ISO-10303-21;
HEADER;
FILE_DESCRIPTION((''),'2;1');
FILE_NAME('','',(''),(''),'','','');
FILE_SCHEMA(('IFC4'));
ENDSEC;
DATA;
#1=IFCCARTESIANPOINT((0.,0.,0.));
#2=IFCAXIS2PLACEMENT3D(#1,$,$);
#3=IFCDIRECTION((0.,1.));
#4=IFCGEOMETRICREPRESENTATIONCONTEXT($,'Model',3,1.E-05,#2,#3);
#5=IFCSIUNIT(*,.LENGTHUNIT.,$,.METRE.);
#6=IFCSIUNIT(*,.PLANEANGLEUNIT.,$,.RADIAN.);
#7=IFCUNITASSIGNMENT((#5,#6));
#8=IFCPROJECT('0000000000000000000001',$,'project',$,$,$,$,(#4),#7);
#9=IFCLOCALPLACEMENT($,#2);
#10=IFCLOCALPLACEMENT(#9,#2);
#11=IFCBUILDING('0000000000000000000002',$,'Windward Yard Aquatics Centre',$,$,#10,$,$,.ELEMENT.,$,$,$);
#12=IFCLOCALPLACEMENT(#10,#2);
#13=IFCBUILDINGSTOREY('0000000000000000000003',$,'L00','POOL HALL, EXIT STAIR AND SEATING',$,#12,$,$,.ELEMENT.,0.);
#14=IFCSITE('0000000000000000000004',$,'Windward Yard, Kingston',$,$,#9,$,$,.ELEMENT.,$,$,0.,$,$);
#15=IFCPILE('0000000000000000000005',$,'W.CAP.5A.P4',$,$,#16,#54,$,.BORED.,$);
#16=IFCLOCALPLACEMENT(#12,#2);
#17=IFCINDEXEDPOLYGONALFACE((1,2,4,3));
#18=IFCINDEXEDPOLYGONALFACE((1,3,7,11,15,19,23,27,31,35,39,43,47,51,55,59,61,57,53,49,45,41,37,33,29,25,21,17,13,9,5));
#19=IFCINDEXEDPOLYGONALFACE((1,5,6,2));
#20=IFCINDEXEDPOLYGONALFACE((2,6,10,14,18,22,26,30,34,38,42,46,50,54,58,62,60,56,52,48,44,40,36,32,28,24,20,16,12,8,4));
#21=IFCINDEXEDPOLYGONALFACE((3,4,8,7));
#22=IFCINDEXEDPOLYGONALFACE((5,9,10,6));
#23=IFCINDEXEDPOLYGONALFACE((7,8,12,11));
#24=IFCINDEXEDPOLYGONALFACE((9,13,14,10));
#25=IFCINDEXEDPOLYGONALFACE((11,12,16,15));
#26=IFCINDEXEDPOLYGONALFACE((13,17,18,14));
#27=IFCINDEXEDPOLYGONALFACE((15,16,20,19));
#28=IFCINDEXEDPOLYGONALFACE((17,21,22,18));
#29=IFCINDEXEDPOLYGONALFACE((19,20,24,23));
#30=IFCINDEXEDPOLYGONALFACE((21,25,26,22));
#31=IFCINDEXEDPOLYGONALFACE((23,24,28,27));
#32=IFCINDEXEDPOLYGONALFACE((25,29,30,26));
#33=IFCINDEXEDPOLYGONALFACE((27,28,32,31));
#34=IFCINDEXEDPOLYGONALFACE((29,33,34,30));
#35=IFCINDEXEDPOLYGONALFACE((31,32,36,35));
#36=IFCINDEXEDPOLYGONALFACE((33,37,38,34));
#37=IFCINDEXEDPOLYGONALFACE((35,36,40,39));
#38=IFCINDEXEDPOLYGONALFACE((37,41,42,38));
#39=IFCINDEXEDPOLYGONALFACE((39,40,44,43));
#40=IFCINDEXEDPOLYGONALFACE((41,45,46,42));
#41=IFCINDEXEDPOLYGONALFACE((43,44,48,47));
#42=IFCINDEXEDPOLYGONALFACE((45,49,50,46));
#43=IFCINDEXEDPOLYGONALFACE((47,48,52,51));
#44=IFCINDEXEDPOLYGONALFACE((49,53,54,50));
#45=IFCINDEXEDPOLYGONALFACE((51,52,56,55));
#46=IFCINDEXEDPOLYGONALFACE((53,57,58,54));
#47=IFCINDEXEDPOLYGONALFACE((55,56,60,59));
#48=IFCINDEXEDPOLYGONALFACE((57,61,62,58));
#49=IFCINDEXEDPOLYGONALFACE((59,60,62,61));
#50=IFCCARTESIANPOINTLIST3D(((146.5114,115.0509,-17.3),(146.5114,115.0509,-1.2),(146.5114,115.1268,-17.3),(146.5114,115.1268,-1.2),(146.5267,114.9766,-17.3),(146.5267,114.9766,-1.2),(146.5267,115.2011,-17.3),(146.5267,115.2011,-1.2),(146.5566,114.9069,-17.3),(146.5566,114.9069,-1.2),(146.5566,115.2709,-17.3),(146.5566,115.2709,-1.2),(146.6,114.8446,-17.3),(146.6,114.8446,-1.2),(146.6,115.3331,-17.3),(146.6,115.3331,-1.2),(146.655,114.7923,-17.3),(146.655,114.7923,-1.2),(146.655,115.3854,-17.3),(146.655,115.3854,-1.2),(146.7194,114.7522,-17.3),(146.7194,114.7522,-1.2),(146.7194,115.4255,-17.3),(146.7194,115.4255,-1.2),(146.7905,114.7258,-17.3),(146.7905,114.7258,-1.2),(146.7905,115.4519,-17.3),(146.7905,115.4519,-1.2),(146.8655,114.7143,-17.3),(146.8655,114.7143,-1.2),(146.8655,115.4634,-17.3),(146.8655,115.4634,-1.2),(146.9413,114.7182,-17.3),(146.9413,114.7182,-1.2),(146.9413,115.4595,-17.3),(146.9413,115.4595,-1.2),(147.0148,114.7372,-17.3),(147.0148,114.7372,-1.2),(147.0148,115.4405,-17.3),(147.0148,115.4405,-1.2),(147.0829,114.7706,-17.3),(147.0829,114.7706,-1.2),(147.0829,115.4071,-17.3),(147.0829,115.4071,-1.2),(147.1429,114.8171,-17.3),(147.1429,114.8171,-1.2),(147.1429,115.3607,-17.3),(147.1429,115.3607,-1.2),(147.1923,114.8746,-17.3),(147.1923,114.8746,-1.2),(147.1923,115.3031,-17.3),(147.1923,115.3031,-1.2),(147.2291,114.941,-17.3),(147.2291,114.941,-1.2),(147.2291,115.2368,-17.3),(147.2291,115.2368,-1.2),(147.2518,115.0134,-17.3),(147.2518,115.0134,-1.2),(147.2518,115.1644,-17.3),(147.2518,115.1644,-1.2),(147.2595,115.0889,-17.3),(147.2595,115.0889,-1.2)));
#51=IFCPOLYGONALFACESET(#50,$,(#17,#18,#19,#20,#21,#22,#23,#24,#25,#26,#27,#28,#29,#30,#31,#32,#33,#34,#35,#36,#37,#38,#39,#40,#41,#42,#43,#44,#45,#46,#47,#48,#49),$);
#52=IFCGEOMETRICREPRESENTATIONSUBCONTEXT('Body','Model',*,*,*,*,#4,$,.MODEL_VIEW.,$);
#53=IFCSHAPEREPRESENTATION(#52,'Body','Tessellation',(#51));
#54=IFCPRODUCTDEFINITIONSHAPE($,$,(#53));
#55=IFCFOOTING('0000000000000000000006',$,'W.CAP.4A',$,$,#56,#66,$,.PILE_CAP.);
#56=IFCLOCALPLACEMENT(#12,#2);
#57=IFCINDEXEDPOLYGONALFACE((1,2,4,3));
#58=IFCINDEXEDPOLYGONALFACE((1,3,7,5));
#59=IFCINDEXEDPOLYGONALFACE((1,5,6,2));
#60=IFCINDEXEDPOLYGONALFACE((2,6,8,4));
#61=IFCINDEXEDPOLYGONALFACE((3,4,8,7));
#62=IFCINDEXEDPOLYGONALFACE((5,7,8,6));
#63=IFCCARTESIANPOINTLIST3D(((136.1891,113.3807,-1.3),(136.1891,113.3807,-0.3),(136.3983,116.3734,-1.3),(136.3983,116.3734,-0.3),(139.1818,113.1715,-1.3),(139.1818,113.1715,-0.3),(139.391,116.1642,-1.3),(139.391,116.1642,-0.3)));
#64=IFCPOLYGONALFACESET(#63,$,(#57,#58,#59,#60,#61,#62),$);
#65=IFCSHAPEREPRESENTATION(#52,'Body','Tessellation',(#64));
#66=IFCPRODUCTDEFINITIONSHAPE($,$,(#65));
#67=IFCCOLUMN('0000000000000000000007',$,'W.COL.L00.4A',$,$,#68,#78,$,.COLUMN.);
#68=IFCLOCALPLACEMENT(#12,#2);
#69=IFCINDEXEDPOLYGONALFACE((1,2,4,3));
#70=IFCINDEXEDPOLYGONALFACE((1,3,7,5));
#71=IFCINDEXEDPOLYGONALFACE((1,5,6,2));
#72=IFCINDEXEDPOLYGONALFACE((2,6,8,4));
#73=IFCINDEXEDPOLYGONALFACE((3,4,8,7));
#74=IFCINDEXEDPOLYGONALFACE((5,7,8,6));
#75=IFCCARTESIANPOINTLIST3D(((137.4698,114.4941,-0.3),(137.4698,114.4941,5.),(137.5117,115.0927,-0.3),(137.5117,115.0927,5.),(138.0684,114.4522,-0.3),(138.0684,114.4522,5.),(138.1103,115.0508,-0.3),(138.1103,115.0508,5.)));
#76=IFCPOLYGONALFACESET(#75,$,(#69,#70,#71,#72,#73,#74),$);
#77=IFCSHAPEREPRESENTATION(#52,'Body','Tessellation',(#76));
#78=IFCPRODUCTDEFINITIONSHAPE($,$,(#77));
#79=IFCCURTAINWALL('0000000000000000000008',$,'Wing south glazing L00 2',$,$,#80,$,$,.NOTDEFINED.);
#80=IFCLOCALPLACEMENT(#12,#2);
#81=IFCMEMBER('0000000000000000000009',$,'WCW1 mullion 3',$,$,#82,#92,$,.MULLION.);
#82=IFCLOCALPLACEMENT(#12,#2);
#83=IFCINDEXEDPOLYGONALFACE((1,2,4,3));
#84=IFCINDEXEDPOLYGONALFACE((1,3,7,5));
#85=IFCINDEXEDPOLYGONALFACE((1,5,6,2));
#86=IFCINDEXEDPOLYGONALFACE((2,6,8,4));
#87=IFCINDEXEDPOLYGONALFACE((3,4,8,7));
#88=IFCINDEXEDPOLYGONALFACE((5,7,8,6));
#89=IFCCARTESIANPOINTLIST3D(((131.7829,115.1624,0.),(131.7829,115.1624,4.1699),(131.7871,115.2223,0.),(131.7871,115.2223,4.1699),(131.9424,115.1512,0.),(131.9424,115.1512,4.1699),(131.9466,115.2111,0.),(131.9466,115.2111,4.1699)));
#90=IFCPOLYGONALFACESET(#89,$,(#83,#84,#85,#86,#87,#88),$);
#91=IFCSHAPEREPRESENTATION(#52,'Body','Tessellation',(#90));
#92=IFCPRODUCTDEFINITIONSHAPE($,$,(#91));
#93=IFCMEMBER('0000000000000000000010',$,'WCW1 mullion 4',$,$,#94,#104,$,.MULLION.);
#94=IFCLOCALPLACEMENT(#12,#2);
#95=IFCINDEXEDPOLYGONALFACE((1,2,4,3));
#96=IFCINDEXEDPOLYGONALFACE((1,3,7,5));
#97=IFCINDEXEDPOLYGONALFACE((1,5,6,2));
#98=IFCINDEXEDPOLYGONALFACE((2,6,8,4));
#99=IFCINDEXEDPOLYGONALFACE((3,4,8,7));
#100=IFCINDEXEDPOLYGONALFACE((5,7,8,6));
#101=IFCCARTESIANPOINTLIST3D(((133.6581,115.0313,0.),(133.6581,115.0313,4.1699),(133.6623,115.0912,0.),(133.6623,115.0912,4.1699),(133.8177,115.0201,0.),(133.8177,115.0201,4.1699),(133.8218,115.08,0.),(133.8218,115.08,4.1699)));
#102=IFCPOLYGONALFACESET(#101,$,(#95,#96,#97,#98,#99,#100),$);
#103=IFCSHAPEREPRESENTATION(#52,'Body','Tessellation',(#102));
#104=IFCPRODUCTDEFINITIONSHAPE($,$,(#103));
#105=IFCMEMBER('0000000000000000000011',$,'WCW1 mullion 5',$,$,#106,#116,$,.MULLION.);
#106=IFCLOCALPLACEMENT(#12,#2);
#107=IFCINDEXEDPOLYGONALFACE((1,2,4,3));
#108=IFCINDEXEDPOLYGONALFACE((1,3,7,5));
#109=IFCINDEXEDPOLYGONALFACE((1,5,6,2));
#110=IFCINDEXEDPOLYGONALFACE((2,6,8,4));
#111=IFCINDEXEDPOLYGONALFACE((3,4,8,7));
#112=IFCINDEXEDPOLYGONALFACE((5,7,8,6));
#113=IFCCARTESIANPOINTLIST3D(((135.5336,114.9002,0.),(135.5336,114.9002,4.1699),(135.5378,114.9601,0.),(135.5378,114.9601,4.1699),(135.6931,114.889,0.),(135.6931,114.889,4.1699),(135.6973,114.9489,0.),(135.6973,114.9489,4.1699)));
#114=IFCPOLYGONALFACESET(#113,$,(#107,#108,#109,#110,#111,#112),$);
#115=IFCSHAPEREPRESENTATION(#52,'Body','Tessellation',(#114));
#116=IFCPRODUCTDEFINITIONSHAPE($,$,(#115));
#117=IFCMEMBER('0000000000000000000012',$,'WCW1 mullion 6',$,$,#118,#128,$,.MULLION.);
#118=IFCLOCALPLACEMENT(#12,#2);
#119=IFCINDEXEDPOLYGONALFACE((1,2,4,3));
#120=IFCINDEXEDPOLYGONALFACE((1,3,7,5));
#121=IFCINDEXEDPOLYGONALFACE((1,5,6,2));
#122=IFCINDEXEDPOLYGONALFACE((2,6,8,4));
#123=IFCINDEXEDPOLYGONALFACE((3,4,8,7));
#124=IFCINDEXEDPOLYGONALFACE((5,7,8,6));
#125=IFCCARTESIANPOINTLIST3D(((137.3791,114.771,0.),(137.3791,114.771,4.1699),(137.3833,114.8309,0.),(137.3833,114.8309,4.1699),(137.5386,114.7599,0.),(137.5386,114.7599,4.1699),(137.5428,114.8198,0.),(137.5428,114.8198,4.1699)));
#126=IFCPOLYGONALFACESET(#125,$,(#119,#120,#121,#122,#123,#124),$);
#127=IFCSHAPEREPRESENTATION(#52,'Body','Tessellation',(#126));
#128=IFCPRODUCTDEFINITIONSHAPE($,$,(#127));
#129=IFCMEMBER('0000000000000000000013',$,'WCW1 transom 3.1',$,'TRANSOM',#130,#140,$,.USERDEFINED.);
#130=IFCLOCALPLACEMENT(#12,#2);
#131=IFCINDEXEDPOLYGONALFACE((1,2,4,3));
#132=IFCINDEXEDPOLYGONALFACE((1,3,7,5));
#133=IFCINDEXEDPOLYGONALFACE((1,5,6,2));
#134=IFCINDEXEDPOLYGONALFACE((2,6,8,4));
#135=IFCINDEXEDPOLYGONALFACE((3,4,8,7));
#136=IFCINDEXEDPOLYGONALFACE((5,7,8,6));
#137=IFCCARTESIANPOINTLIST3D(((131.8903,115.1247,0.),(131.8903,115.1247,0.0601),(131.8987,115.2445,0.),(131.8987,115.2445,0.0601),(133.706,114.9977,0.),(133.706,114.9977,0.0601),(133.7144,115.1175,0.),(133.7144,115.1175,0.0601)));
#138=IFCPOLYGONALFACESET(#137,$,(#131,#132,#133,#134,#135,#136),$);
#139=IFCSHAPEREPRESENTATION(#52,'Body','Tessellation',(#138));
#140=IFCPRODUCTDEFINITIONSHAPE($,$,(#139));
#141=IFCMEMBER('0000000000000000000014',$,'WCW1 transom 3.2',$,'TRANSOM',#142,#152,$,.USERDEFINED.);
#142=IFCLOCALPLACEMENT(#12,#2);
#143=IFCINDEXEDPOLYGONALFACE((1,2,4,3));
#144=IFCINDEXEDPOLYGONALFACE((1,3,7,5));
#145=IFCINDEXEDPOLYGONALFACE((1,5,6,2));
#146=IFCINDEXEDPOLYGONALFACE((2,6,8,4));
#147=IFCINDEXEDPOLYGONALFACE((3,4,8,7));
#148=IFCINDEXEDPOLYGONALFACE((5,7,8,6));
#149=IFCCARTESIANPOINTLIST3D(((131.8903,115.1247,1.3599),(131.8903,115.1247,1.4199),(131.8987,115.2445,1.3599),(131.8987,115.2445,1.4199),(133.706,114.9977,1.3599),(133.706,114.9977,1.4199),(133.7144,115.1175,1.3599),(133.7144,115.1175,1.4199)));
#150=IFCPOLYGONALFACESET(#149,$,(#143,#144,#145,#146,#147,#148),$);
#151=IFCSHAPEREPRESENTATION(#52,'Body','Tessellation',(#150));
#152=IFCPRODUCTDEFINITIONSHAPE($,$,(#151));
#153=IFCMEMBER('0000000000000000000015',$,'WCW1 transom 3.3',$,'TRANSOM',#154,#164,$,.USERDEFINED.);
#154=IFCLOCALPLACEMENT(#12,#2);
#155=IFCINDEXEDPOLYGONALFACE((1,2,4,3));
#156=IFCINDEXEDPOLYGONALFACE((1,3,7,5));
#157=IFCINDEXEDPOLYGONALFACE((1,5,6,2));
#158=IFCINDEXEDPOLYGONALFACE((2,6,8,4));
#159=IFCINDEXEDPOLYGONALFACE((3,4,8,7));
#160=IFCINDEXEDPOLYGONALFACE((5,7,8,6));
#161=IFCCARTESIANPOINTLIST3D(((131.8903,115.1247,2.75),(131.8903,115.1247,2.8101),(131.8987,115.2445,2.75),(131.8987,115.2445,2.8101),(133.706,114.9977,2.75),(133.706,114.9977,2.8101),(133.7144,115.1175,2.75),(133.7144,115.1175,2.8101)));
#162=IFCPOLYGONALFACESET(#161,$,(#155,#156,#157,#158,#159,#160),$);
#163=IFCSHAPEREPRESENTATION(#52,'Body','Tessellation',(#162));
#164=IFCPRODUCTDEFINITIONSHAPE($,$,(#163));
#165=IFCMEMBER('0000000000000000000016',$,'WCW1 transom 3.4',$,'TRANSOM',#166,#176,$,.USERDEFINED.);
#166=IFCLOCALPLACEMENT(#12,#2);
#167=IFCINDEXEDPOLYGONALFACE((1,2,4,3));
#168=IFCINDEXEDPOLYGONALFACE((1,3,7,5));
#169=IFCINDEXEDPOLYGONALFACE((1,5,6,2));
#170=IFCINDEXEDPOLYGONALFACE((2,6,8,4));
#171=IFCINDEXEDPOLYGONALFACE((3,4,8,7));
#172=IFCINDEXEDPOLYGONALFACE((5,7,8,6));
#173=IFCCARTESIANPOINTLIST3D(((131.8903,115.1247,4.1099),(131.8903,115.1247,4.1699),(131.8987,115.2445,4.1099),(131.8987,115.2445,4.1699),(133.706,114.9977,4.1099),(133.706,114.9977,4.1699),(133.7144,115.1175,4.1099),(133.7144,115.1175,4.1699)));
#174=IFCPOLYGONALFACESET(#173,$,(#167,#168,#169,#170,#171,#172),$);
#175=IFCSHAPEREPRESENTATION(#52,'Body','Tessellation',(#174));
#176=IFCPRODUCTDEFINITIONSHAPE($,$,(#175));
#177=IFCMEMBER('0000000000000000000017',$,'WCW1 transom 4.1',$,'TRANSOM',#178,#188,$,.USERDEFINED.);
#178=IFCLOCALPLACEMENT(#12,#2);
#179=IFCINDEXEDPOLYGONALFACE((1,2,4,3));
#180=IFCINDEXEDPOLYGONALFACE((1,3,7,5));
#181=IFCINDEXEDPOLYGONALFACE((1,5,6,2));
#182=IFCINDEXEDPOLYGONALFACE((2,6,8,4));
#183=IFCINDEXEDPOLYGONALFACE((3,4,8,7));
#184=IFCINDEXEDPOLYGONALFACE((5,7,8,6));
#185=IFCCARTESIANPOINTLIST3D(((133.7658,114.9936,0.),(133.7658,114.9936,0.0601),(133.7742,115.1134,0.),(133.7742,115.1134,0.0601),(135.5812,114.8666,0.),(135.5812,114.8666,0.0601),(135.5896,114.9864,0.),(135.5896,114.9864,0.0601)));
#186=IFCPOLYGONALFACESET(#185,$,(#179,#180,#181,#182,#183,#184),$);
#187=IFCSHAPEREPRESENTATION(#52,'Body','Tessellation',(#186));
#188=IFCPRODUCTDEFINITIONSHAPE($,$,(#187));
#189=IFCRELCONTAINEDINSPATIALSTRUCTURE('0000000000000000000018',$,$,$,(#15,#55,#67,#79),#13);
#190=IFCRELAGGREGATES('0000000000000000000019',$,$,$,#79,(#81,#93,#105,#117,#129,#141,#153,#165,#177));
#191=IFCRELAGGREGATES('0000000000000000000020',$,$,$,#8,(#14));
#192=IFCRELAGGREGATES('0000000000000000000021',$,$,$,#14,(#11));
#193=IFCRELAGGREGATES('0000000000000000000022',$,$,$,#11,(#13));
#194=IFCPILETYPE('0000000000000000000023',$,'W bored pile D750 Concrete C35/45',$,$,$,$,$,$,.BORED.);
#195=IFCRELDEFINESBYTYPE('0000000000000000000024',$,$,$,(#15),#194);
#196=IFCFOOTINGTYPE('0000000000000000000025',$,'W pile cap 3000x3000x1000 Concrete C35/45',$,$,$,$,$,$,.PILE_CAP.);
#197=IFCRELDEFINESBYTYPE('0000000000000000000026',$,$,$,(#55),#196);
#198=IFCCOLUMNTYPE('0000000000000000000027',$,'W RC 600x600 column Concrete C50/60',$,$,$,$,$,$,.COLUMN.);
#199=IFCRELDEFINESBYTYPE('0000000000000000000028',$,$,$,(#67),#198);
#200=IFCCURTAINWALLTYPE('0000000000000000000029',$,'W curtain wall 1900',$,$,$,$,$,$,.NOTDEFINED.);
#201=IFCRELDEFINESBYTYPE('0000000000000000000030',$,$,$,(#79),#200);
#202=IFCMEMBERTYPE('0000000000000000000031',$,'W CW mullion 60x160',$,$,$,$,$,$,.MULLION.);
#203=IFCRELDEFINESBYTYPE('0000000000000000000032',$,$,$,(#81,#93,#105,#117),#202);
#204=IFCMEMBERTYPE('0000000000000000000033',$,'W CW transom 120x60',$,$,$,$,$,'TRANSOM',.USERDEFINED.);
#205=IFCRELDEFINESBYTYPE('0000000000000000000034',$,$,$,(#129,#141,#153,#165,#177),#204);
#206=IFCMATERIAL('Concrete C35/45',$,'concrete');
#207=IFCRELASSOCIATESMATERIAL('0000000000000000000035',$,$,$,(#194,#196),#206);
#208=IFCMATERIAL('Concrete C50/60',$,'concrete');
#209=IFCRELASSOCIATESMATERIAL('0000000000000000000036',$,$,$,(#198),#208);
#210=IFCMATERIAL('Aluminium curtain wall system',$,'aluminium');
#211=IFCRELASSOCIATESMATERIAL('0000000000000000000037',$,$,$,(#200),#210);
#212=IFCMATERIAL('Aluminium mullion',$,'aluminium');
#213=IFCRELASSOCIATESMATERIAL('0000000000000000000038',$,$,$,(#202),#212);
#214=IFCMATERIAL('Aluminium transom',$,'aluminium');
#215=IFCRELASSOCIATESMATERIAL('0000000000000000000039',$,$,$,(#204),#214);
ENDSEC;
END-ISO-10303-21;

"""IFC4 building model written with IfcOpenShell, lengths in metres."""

from ifc_helpers import new_model, si_unit, direction, frame, origin, origin_2d, place, context, subcontext, project, spatial, rectangle, circle, extrude, material, material_profile, profile_set, type_object, element, aggregate, save


model = new_model("IFC4")

# Units and contexts
model_context = context("Model", 3, precision=1e-05, world=origin(), true_north=direction((0.0, 1.0)))
body_context = subcontext(model_context, "Body", "Model", "MODEL_VIEW")
ifc_project = project(units=[si_unit("LENGTHUNIT", "METRE"), si_unit("PLANEANGLEUNIT", "RADIAN")], contexts=[model_context])

# Site, building, storey
site_placement = place(None, origin())
site = spatial("IfcSite", under=ifc_project, at=site_placement, Name="Windward Yard, Kingston", CompositionType="ELEMENT", RefElevation=0.0)
building_placement = place(site_placement, origin())
building = spatial("IfcBuilding", under=site, at=building_placement, Name="Windward Yard Aquatics Centre", CompositionType="ELEMENT")
storey_placement = place(building_placement, origin())
storey = spatial("IfcBuildingStorey", under=building, at=storey_placement, Name="L00", Description="POOL HALL, EXIT STAIR AND SEATING", CompositionType="ELEMENT", Elevation=0.0)

# Pile
ifc_material_1 = material(Name="Concrete C35/45", Category="concrete")
ifc_material_profile_1 = material_profile(ifc_material_1, circle(Radius=0.375, at=origin_2d()), Name="D750")
ifc_profile_set_1 = profile_set([ifc_material_profile_1], Name="Concrete C35/45")
pile_type = type_object("IfcPileType", Name="W bored pile D750 Concrete C35/45", PredefinedType="BORED", material=ifc_profile_set_1)
pile_placement = place(storey_placement, frame((146.8845, 115.0889, -1.2), z_axis=(0.0, 0.0, -1.0), x_axis=(1.0, 0.0, 0.0)))
element("IfcPile", 1, at=pile_placement, inside=storey, type_object=pile_type, Name="W.CAP.5A.P4", PredefinedType="BORED", context=body_context, shape_type="SweptSolid", body=[
    extrude(circle(Radius=0.375, at=origin_2d()), origin(), (0.0, 0.0, 1.0), 16.1001),
])

# Footing
footing_type = type_object("IfcFootingType", Name="W pile cap 3000x3000x1000 Concrete C35/45", PredefinedType="PILE_CAP", material=ifc_material_1)
footing_placement = place(storey_placement, frame((137.79, 114.7725, -1.3), z_axis=(0.0, 0.0, 1.0), x_axis=(0.997564, -0.069756, 0.0)))
element("IfcFooting", 2, at=footing_placement, inside=storey, type_object=footing_type, Name="W.CAP.4A", PredefinedType="PILE_CAP", context=body_context, shape_type="SweptSolid", body=[
    extrude(rectangle(XDim=3.0, YDim=3.0, at=origin_2d()), origin(), (0.0, 0.0, 1.0), 1.0),
])

# Column
ifc_material_2 = material(Name="Concrete C50/60", Category="concrete")
ifc_material_profile_2 = material_profile(ifc_material_2, rectangle(XDim=0.6001, YDim=0.6001, at=origin_2d()), Name="RC 600x600")
ifc_profile_set_2 = profile_set([ifc_material_profile_2], Name="Concrete C50/60")
column_type = type_object("IfcColumnType", Name="W RC 600x600 column Concrete C50/60", PredefinedType="COLUMN", material=ifc_profile_set_2)
column_placement = place(storey_placement, frame((137.79, 114.7725, -0.3), z_axis=(0.0, 0.0, 1.0), x_axis=(0.997564, -0.069756, 0.0)))
element("IfcColumn", 3, at=column_placement, inside=storey, type_object=column_type, Name="W.COL.L00.4A", PredefinedType="COLUMN", context=body_context, shape_type="SweptSolid", body=[
    extrude(rectangle(XDim=0.6001, YDim=0.6001, at=origin_2d()), origin(), (0.0, 0.0, 1.0), 5.3),
])

# Curtain wall, members
ifc_material_3 = material(Name="Aluminium curtain wall system", Category="aluminium")
curtain_wall_type = type_object("IfcCurtainWallType", Name="W curtain wall 1900", PredefinedType="NOTDEFINED", material=ifc_material_3)
curtain_wall_placement = place(storey_placement, origin())
curtain_wall = element("IfcCurtainWall", 4, at=curtain_wall_placement, inside=storey, type_object=curtain_wall_type, Name="Wing south glazing L00 2", PredefinedType="NOTDEFINED")
ifc_material_4 = material(Name="Aluminium mullion", Category="aluminium")
ifc_material_profile_3 = material_profile(ifc_material_4, rectangle(XDim=0.0601, YDim=0.1599, at=origin_2d()), Name="AL 60x160")
ifc_profile_set_3 = profile_set([ifc_material_profile_3], Name="Aluminium mullion")
member_type_1 = type_object("IfcMemberType", Name="W CW mullion 60x160", PredefinedType="MULLION", material=ifc_profile_set_3)
member_1_placement = place(storey_placement, frame((131.8647, 115.1868, 0.0), z_axis=(0.0, 0.0, 1.0), x_axis=(0.069755, 0.997564, 0.0)))
member_1 = element("IfcMember", 5, at=member_1_placement, type_object=member_type_1, Name="WCW1 mullion 3", PredefinedType="MULLION", context=body_context, shape_type="SweptSolid", body=[
    extrude(rectangle(XDim=0.0601, YDim=0.1599, at=origin_2d()), origin(), (0.0, 0.0, 1.0), 4.1699),
])
member_2_placement = place(storey_placement, frame((133.74, 115.0557, 0.0), z_axis=(0.0, 0.0, 1.0), x_axis=(0.069755, 0.997564, 0.0)))
member_2 = element("IfcMember", 6, at=member_2_placement, type_object=member_type_1, Name="WCW1 mullion 4", PredefinedType="MULLION", context=body_context, shape_type="SweptSolid", body=[
    extrude(rectangle(XDim=0.0601, YDim=0.1599, at=origin_2d()), origin(), (0.0, 0.0, 1.0), 4.1699),
])
member_3_placement = place(storey_placement, frame((135.6155, 114.9246, 0.0), z_axis=(0.0, 0.0, 1.0), x_axis=(0.069755, 0.997564, 0.0)))
member_3 = element("IfcMember", 7, at=member_3_placement, type_object=member_type_1, Name="WCW1 mullion 5", PredefinedType="MULLION", context=body_context, shape_type="SweptSolid", body=[
    extrude(rectangle(XDim=0.0601, YDim=0.1599, at=origin_2d()), origin(), (0.0, 0.0, 1.0), 4.1699),
])
member_4_placement = place(storey_placement, frame((137.4609, 114.7954, 0.0), z_axis=(0.0, 0.0, 1.0), x_axis=(0.069755, 0.997564, 0.0)))
member_4 = element("IfcMember", 8, at=member_4_placement, type_object=member_type_1, Name="WCW1 mullion 6", PredefinedType="MULLION", context=body_context, shape_type="SweptSolid", body=[
    extrude(rectangle(XDim=0.0601, YDim=0.1599, at=origin_2d()), origin(), (0.0, 0.0, 1.0), 4.1699),
])
ifc_material_5 = material(Name="Aluminium transom", Category="aluminium")
ifc_material_profile_4 = material_profile(ifc_material_5, rectangle(XDim=0.1201, YDim=0.0601, at=origin_2d()), Name="AL 120x60")
ifc_profile_set_4 = profile_set([ifc_material_profile_4], Name="Aluminium transom")
member_type_2 = type_object("IfcMemberType", Name="W CW transom 120x60", ElementType="TRANSOM", PredefinedType="USERDEFINED", material=ifc_profile_set_4)
member_5_placement = place(storey_placement, frame((131.8945, 115.1846, 0.03), z_axis=(0.997564, -0.06975, 0.0), x_axis=(0.06975, 0.997564, 0.0)))
member_5 = element("IfcMember", 9, at=member_5_placement, type_object=member_type_2, Name="WCW1 transom 3.1", ObjectType="TRANSOM", PredefinedType="USERDEFINED", context=body_context, shape_type="SweptSolid", body=[
    extrude(rectangle(XDim=0.1201, YDim=0.0601, at=origin_2d()), origin(), (0.0, 0.0, 1.0), 1.8201),
])
member_6_placement = place(storey_placement, frame((131.8945, 115.1846, 1.3899), z_axis=(0.997564, -0.06975, 0.0), x_axis=(0.06975, 0.997564, 0.0)))
member_6 = element("IfcMember", 10, at=member_6_placement, type_object=member_type_2, Name="WCW1 transom 3.2", ObjectType="TRANSOM", PredefinedType="USERDEFINED", context=body_context, shape_type="SweptSolid", body=[
    extrude(rectangle(XDim=0.1201, YDim=0.0601, at=origin_2d()), origin(), (0.0, 0.0, 1.0), 1.8201),
])
member_7_placement = place(storey_placement, frame((131.8945, 115.1846, 2.78), z_axis=(0.997564, -0.06975, 0.0), x_axis=(0.06975, 0.997564, 0.0)))
member_7 = element("IfcMember", 11, at=member_7_placement, type_object=member_type_2, Name="WCW1 transom 3.3", ObjectType="TRANSOM", PredefinedType="USERDEFINED", context=body_context, shape_type="SweptSolid", body=[
    extrude(rectangle(XDim=0.1201, YDim=0.0601, at=origin_2d()), origin(), (0.0, 0.0, 1.0), 1.8201),
])
member_8_placement = place(storey_placement, frame((131.8945, 115.1846, 4.1399), z_axis=(0.997564, -0.06975, 0.0), x_axis=(0.06975, 0.997564, 0.0)))
member_8 = element("IfcMember", 12, at=member_8_placement, type_object=member_type_2, Name="WCW1 transom 3.4", ObjectType="TRANSOM", PredefinedType="USERDEFINED", context=body_context, shape_type="SweptSolid", body=[
    extrude(rectangle(XDim=0.1201, YDim=0.0601, at=origin_2d()), origin(), (0.0, 0.0, 1.0), 1.8201),
])
member_9_placement = place(storey_placement, frame((133.77, 115.0535, 0.03), z_axis=(0.997564, -0.06976, 0.0), x_axis=(0.06976, 0.997564, 0.0)))
member_9 = element("IfcMember", 13, at=member_9_placement, type_object=member_type_2, Name="WCW1 transom 4.1", ObjectType="TRANSOM", PredefinedType="USERDEFINED", context=body_context, shape_type="SweptSolid", body=[
    extrude(rectangle(XDim=0.1201, YDim=0.0601, at=origin_2d()), origin(), (0.0, 0.0, 1.0), 1.8198),
])
aggregate(curtain_wall, [member_1, member_2, member_3, member_4, member_5, member_6, member_7, member_8, member_9])

save(model, "model.ifc")
